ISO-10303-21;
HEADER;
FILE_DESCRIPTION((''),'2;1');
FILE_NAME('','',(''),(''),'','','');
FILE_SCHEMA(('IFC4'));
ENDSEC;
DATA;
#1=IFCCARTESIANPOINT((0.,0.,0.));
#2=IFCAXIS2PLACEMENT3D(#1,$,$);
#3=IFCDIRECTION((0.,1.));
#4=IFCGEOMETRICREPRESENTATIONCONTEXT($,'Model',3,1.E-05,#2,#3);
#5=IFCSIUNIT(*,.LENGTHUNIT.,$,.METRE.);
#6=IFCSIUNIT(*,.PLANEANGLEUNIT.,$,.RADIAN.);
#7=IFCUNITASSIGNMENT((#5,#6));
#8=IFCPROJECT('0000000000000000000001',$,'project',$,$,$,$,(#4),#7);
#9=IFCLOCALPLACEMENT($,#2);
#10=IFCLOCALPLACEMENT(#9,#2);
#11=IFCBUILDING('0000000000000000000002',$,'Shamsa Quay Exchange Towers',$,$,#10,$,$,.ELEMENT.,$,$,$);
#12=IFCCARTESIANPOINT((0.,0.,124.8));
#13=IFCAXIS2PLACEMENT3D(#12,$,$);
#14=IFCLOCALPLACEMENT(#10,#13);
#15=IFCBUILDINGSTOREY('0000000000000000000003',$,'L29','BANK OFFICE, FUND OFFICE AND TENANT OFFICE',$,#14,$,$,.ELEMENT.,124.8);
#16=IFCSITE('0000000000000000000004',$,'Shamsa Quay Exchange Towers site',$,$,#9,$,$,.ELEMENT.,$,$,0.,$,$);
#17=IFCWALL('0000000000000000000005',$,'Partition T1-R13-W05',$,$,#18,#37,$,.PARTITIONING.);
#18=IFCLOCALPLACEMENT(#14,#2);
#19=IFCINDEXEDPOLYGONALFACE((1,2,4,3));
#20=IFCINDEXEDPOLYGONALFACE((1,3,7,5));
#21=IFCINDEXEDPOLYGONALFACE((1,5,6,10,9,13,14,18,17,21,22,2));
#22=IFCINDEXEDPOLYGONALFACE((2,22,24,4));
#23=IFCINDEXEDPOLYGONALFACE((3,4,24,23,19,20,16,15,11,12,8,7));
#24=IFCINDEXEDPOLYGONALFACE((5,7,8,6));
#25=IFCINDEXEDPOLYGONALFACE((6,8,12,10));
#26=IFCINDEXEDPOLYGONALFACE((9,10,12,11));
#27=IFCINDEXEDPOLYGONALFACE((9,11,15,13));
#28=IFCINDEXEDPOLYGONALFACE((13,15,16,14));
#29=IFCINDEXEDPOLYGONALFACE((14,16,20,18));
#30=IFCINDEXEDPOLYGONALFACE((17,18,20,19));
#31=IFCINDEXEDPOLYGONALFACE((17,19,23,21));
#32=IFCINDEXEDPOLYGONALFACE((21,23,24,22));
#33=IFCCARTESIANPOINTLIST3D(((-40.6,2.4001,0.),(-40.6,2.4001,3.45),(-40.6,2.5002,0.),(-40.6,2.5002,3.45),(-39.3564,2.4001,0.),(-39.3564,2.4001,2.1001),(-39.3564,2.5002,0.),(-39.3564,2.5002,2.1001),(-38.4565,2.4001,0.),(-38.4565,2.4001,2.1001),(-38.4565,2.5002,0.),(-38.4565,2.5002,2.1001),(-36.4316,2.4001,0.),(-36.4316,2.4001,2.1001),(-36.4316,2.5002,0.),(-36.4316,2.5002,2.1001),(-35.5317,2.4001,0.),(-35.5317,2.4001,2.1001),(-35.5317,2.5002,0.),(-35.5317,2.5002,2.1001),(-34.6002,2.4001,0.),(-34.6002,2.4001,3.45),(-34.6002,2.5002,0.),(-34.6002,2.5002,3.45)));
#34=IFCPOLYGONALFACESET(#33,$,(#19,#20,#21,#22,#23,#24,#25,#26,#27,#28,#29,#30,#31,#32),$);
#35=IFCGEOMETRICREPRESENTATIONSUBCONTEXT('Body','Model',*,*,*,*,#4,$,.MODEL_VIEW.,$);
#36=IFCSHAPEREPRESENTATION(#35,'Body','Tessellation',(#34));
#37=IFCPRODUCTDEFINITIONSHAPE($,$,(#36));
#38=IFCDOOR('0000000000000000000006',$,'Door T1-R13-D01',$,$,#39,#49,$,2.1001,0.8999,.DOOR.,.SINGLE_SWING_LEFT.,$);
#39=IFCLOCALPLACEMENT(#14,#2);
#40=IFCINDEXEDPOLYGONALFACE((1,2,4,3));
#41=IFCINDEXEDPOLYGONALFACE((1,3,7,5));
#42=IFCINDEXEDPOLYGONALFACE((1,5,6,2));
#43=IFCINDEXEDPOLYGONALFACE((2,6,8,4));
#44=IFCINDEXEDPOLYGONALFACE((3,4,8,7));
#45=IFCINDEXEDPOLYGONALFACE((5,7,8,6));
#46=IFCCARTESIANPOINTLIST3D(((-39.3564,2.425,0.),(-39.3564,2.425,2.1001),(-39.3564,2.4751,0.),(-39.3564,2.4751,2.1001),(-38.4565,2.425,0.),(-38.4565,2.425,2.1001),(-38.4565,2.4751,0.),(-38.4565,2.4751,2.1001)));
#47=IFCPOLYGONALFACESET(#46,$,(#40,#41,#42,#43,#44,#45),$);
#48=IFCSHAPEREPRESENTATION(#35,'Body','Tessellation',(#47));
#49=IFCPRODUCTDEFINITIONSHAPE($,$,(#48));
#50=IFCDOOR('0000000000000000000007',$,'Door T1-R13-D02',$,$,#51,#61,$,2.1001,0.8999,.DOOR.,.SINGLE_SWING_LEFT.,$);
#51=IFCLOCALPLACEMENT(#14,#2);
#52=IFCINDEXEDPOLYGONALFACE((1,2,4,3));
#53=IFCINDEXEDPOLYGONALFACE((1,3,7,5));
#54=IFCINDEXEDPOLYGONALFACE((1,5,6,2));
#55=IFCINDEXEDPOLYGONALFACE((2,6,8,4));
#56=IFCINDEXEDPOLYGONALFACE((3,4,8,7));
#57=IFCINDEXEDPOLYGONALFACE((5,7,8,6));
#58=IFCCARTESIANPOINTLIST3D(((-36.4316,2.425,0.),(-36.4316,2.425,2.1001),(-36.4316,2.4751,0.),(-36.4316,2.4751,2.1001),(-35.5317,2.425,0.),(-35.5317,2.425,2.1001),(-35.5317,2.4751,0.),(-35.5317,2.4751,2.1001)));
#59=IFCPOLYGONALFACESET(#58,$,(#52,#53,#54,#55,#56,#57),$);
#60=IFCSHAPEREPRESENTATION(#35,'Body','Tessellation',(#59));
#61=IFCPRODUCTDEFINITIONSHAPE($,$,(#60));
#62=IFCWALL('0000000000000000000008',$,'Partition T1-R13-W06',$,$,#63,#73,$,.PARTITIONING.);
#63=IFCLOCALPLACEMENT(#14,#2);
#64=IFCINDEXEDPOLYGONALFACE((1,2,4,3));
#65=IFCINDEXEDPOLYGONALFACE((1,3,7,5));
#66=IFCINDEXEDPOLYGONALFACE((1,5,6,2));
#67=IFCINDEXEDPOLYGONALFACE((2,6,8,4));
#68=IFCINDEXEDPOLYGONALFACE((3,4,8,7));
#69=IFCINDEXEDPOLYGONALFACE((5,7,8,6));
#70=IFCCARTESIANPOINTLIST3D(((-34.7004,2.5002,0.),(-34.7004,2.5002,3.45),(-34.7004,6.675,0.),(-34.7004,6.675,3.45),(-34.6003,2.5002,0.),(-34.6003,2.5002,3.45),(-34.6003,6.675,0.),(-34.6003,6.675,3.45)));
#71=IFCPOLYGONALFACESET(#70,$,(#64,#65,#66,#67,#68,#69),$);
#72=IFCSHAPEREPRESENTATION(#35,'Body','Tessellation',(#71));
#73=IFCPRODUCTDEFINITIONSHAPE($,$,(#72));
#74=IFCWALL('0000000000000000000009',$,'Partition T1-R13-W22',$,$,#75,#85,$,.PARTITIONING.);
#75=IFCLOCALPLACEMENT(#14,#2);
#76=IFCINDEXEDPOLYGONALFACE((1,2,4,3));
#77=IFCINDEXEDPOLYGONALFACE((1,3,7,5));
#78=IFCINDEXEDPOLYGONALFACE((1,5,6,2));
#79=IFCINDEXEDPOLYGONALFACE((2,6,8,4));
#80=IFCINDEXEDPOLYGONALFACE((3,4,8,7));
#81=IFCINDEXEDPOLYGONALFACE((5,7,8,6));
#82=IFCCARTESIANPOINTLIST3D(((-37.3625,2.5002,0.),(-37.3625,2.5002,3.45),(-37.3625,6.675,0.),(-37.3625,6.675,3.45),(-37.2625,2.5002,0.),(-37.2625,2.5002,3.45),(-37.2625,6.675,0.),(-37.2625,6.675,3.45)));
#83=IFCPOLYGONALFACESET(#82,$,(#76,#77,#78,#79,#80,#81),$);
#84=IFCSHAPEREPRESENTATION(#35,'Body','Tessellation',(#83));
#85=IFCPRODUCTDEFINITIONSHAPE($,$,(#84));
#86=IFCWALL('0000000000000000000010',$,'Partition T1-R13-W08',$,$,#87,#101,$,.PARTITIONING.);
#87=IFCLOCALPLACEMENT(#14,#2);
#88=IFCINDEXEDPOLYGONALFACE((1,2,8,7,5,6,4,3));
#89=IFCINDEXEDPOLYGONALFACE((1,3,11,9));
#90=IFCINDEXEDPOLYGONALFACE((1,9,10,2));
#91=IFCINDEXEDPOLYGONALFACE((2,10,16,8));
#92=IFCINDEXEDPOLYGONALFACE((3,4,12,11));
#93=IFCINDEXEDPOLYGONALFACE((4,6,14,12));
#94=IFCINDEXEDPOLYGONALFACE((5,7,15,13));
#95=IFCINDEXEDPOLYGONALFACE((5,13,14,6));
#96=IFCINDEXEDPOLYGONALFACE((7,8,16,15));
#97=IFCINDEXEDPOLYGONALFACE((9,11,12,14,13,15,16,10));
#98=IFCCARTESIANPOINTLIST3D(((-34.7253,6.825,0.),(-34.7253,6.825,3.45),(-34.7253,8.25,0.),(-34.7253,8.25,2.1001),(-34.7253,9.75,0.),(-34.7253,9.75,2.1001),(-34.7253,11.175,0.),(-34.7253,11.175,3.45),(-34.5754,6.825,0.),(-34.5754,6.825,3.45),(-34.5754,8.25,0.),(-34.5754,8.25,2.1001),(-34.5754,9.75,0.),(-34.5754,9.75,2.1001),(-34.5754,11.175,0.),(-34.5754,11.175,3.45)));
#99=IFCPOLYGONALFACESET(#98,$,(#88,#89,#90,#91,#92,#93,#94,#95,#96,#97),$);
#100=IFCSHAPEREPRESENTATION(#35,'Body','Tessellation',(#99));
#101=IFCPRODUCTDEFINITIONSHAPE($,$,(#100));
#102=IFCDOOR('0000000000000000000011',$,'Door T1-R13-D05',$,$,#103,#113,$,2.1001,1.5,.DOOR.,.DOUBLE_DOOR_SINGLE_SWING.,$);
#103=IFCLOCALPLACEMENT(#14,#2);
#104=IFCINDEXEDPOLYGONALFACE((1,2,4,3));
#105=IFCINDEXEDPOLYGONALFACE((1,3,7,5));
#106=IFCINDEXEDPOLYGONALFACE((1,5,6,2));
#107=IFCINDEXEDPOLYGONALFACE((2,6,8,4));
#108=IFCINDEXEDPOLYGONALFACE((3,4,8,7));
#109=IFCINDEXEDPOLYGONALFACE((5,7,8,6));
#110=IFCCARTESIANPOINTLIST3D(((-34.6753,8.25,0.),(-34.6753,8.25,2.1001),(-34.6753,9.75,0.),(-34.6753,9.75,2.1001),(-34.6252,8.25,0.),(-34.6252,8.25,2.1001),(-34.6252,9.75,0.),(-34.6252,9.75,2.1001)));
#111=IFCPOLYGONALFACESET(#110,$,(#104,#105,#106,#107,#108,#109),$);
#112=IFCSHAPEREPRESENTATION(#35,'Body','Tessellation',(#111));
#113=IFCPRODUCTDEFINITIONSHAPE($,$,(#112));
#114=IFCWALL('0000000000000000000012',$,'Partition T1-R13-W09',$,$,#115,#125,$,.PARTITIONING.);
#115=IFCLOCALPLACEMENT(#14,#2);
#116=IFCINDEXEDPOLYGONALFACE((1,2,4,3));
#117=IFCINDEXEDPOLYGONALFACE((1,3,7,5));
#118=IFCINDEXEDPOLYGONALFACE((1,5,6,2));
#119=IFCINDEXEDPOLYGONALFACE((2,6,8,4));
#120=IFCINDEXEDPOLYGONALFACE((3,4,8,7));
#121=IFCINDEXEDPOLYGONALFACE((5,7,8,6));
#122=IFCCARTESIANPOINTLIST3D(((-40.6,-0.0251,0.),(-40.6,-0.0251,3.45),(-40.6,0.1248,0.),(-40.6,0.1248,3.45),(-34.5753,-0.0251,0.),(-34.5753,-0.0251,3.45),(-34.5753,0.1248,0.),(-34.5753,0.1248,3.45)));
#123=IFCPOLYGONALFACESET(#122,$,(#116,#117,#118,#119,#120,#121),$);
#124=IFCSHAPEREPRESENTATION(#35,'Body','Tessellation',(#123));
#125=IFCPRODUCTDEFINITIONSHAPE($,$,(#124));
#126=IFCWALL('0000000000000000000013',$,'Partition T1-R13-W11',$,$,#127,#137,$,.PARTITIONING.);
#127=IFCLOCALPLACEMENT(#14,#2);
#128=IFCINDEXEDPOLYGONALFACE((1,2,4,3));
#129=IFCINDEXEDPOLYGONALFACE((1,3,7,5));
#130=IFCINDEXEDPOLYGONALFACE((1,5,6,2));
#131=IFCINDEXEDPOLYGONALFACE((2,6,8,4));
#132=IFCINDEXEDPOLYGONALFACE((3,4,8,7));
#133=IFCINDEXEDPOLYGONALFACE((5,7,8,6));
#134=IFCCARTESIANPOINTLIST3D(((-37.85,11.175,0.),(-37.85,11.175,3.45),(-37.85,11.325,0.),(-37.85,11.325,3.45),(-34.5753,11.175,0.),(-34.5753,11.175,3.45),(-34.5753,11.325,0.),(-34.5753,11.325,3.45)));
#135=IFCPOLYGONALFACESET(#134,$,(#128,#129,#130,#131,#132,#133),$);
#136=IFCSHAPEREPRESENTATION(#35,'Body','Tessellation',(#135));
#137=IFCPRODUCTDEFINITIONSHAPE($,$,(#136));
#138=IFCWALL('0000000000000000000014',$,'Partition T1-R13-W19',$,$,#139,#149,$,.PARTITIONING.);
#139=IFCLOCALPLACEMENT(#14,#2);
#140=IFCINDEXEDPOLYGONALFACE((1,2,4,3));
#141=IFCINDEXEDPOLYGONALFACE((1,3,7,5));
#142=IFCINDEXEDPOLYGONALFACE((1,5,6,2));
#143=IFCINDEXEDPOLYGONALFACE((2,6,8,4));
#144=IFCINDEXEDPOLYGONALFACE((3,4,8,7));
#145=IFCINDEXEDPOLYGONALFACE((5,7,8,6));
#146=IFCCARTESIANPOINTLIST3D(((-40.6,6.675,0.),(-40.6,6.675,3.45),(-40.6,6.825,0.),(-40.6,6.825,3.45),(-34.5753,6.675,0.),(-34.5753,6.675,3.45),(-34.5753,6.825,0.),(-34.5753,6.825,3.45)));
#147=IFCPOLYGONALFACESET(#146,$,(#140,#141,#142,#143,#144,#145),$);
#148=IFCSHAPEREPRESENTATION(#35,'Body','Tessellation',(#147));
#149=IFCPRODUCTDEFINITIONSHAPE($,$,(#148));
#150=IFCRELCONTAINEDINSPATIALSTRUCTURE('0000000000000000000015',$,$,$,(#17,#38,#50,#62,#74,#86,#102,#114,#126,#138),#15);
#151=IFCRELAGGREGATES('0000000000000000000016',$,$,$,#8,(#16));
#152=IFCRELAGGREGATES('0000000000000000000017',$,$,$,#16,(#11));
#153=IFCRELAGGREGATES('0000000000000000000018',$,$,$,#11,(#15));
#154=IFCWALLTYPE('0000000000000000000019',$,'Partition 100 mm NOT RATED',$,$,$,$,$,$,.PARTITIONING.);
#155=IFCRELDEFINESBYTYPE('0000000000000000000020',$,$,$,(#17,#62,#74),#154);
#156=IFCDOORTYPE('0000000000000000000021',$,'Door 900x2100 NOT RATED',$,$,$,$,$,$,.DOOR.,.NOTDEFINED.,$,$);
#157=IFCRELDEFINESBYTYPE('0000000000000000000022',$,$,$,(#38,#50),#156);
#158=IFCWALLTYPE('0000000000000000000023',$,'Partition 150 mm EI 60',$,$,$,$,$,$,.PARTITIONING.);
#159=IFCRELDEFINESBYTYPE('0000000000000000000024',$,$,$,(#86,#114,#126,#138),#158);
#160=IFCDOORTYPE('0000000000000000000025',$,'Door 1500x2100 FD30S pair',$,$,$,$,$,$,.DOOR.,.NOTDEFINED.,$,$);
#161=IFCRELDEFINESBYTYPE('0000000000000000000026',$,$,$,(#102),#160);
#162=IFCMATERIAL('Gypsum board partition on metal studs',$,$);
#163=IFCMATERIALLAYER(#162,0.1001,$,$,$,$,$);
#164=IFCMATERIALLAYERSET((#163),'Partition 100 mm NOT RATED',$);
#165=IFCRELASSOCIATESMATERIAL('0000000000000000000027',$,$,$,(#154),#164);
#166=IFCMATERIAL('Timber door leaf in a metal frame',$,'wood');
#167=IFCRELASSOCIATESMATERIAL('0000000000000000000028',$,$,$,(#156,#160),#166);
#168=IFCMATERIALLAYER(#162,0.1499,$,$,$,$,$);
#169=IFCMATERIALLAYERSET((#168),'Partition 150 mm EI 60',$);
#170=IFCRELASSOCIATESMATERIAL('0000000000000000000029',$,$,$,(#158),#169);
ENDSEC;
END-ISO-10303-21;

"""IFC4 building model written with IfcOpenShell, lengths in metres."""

from ifc_helpers import new_model, si_unit, direction, frame, frame_2d, origin, place, context, subcontext, project, spatial, rectangle, extrude, material, layer, layer_set, type_object, element, fill, save


model = new_model("IFC4")

# Units and contexts
model_context = context("Model", 3, precision=1e-05, world=origin(), true_north=direction((0.0, 1.0)))
body_context = subcontext(model_context, "Body", "Model", "MODEL_VIEW")
ifc_project = project(units=[si_unit("LENGTHUNIT", "METRE"), si_unit("PLANEANGLEUNIT", "RADIAN")], contexts=[model_context])

# Site, building, storey
site_placement = place(None, origin())
site = spatial("IfcSite", under=ifc_project, at=site_placement, Name="Shamsa Quay Exchange Towers site", CompositionType="ELEMENT", RefElevation=0.0)
building_placement = place(site_placement, origin())
building = spatial("IfcBuilding", under=site, at=building_placement, Name="Shamsa Quay Exchange Towers", CompositionType="ELEMENT")
storey_placement = place(building_placement, frame((0.0, 0.0, 124.8)))
storey = spatial("IfcBuildingStorey", under=building, at=storey_placement, Name="L29", Description="BANK OFFICE, FUND OFFICE AND TENANT OFFICE", CompositionType="ELEMENT", Elevation=124.8)

# Shared definitions
ifc_material_1 = material(Name="Timber door leaf in a metal frame", Category="wood")

# Wall, openings, doors
ifc_material_2 = material(Name="Gypsum board partition on metal studs")
ifc_layer_1 = layer(ifc_material_2, 0.1001)
ifc_layer_set_1 = layer_set([ifc_layer_1], Name="Partition 100 mm NOT RATED")
wall_type_1 = type_object("IfcWallType", Name="Partition 100 mm NOT RATED", PredefinedType="PARTITIONING", material=ifc_layer_set_1)
wall_1_placement = place(storey_placement, frame((-40.6001, 2.4502, 0.0)))
wall_1 = element("IfcWall", 1, at=wall_1_placement, inside=storey, type_object=wall_type_1, Name="Partition T1-R13-W05", PredefinedType="PARTITIONING", context=body_context, shape_type="SweptSolid", body=[
    extrude(rectangle(XDim=5.9998, YDim=0.1001, at=frame_2d((3.0, 0.0))), origin(), (0.0, 0.0, 1.0), 3.45),
])
opening_1_placement = place(wall_1_placement, frame((1.2437, 0.0, 0.0)))
opening_1 = element("IfcOpeningElement", 2, at=opening_1_placement, cuts=wall_1, PredefinedType="OPENING", context=body_context, shape_type="SweptSolid", body=[
    extrude(rectangle(XDim=0.8999, YDim=2.1001, at=frame_2d((0.45, 1.05))), frame((0.0, 0.0601, 0.0), z_axis=(0.0, -1.0, 0.0), x_axis=(1.0, 0.0, 0.0)), (0.0, 0.0, 1.0), 0.1201),
])
opening_2_placement = place(wall_1_placement, frame((4.1685, 0.0, 0.0)))
opening_2 = element("IfcOpeningElement", 3, at=opening_2_placement, cuts=wall_1, PredefinedType="OPENING", context=body_context, shape_type="SweptSolid", body=[
    extrude(rectangle(XDim=0.8999, YDim=2.1001, at=frame_2d((0.45, 1.05))), frame((0.0, 0.0601, 0.0), z_axis=(0.0, -1.0, 0.0), x_axis=(1.0, 0.0, 0.0)), (0.0, 0.0, 1.0), 0.1201),
])
door_type_1 = type_object("IfcDoorType", Name="Door 900x2100 NOT RATED", OperationType="NOTDEFINED", PredefinedType="DOOR", material=ifc_material_1)
door_1_placement = place(opening_1_placement, origin())
door_1 = element("IfcDoor", 4, at=door_1_placement, inside=storey, type_object=door_type_1, Name="Door T1-R13-D01", OperationType="SINGLE_SWING_LEFT", OverallHeight=2.1001, OverallWidth=0.8999, PredefinedType="DOOR", context=body_context, shape_type="SweptSolid", body=[
    extrude(rectangle(XDim=0.8999, YDim=2.1001, at=frame_2d((0.45, 1.05))), frame((0.0, 0.0249, 0.0), z_axis=(0.0, -1.0, 0.0), x_axis=(1.0, 0.0, 0.0)), (0.0, 0.0, 1.0), 0.05),
])
fill(opening_1, door_1)
door_2_placement = place(opening_2_placement, origin())
door_2 = element("IfcDoor", 5, at=door_2_placement, inside=storey, type_object=door_type_1, Name="Door T1-R13-D02", OperationType="SINGLE_SWING_LEFT", OverallHeight=2.1001, OverallWidth=0.8999, PredefinedType="DOOR", context=body_context, shape_type="SweptSolid", body=[
    extrude(rectangle(XDim=0.8999, YDim=2.1001, at=frame_2d((0.45, 1.05))), frame((0.0, 0.0249, 0.0), z_axis=(0.0, -1.0, 0.0), x_axis=(1.0, 0.0, 0.0)), (0.0, 0.0, 1.0), 0.05),
])
fill(opening_2, door_2)

# Walls
for number, where, z_axis, x_axis, name in (
    (6, (-34.6504, 2.5002, 0.0), (0.0, 0.0, 1.0), (0.0, 1.0, 0.0), "Partition T1-R13-W06"),
    (7, (-37.3125, 2.5002, 0.0), (0.0, 0.0, 1.0), (0.0, 1.0, 0.0), "Partition T1-R13-W22"),
):
    element("IfcWall", number, at=place(storey_placement, frame(where, z_axis=z_axis, x_axis=x_axis)), inside=storey, type_object=wall_type_1, Name=name, PredefinedType="PARTITIONING", context=body_context, shape_type="SweptSolid", body=[
        extrude(rectangle(XDim=4.1748, YDim=0.1001, at=frame_2d((2.0874, 0.0))), origin(), (0.0, 0.0, 1.0), 3.45),
    ])

# Wall, opening, door
ifc_layer_2 = layer(ifc_material_2, 0.1499)
ifc_layer_set_2 = layer_set([ifc_layer_2], Name="Partition 150 mm EI 60")
wall_type_2 = type_object("IfcWallType", Name="Partition 150 mm EI 60", PredefinedType="PARTITIONING", material=ifc_layer_set_2)
wall_2_placement = place(storey_placement, frame((-34.6504, 6.825, 0.0), z_axis=(0.0, 0.0, 1.0), x_axis=(0.0, 1.0, 0.0)))
wall_2 = element("IfcWall", 8, at=wall_2_placement, inside=storey, type_object=wall_type_2, Name="Partition T1-R13-W08", PredefinedType="PARTITIONING", context=body_context, shape_type="SweptSolid", body=[
    extrude(rectangle(XDim=4.3501, YDim=0.1499, at=frame_2d((2.175, 0.0))), origin(), (0.0, 0.0, 1.0), 3.45),
])
opening_3_placement = place(wall_2_placement, frame((1.425, 0.0, 0.0)))
opening_3 = element("IfcOpeningElement", 9, at=opening_3_placement, cuts=wall_2, PredefinedType="OPENING", context=body_context, shape_type="SweptSolid", body=[
    extrude(rectangle(XDim=1.5, YDim=2.1001, at=frame_2d((0.75, 1.05))), frame((0.0, 0.085, 0.0), z_axis=(0.0, -1.0, 0.0), x_axis=(1.0, 0.0, 0.0)), (0.0, 0.0, 1.0), 0.1699),
])
door_type_2 = type_object("IfcDoorType", Name="Door 1500x2100 FD30S pair", OperationType="NOTDEFINED", PredefinedType="DOOR", material=ifc_material_1)
door_3_placement = place(opening_3_placement, origin())
door_3 = element("IfcDoor", 10, at=door_3_placement, inside=storey, type_object=door_type_2, Name="Door T1-R13-D05", OperationType="DOUBLE_DOOR_SINGLE_SWING", OverallHeight=2.1001, OverallWidth=1.5, PredefinedType="DOOR", context=body_context, shape_type="SweptSolid", body=[
    extrude(rectangle(XDim=1.5, YDim=2.1001, at=frame_2d((0.75, 1.05))), frame((0.0, 0.0249, 0.0), z_axis=(0.0, -1.0, 0.0), x_axis=(1.0, 0.0, 0.0)), (0.0, 0.0, 1.0), 0.05),
])
fill(opening_3, door_3)

# Walls
wall_3_placement = place(storey_placement, frame((-34.5754, 0.0498, 0.0), z_axis=(0.0, 0.0, 1.0), x_axis=(-1.0, 0.0, 0.0)))
element("IfcWall", 11, at=wall_3_placement, inside=storey, type_object=wall_type_2, Name="Partition T1-R13-W09", PredefinedType="PARTITIONING", context=body_context, shape_type="SweptSolid", body=[
    extrude(rectangle(XDim=6.0247, YDim=0.1499, at=frame_2d((3.0122, 0.0))), origin(), (0.0, 0.0, 1.0), 3.45),
])
wall_4_placement = place(storey_placement, frame((-34.5754, 11.25, 0.0), z_axis=(0.0, 0.0, 1.0), x_axis=(-1.0, 0.0, 0.0)))
element("IfcWall", 12, at=wall_4_placement, inside=storey, type_object=wall_type_2, Name="Partition T1-R13-W11", PredefinedType="PARTITIONING", context=body_context, shape_type="SweptSolid", body=[
    extrude(rectangle(XDim=3.2747, YDim=0.1499, at=frame_2d((1.6372, 0.0))), origin(), (0.0, 0.0, 1.0), 3.45),
])

# Wall
wall_5_placement = place(storey_placement, frame((-34.5754, 6.75, 0.0), z_axis=(0.0, 0.0, 1.0), x_axis=(-1.0, 0.0, 0.0)))
element("IfcWall", 13, at=wall_5_placement, inside=storey, type_object=wall_type_2, Name="Partition T1-R13-W19", PredefinedType="PARTITIONING", context=body_context, shape_type="SweptSolid", body=[
    extrude(rectangle(XDim=6.0247, YDim=0.1499, at=frame_2d((3.0122, 0.0))), origin(), (0.0, 0.0, 1.0), 3.45),
])

save(model, "model.ifc")
